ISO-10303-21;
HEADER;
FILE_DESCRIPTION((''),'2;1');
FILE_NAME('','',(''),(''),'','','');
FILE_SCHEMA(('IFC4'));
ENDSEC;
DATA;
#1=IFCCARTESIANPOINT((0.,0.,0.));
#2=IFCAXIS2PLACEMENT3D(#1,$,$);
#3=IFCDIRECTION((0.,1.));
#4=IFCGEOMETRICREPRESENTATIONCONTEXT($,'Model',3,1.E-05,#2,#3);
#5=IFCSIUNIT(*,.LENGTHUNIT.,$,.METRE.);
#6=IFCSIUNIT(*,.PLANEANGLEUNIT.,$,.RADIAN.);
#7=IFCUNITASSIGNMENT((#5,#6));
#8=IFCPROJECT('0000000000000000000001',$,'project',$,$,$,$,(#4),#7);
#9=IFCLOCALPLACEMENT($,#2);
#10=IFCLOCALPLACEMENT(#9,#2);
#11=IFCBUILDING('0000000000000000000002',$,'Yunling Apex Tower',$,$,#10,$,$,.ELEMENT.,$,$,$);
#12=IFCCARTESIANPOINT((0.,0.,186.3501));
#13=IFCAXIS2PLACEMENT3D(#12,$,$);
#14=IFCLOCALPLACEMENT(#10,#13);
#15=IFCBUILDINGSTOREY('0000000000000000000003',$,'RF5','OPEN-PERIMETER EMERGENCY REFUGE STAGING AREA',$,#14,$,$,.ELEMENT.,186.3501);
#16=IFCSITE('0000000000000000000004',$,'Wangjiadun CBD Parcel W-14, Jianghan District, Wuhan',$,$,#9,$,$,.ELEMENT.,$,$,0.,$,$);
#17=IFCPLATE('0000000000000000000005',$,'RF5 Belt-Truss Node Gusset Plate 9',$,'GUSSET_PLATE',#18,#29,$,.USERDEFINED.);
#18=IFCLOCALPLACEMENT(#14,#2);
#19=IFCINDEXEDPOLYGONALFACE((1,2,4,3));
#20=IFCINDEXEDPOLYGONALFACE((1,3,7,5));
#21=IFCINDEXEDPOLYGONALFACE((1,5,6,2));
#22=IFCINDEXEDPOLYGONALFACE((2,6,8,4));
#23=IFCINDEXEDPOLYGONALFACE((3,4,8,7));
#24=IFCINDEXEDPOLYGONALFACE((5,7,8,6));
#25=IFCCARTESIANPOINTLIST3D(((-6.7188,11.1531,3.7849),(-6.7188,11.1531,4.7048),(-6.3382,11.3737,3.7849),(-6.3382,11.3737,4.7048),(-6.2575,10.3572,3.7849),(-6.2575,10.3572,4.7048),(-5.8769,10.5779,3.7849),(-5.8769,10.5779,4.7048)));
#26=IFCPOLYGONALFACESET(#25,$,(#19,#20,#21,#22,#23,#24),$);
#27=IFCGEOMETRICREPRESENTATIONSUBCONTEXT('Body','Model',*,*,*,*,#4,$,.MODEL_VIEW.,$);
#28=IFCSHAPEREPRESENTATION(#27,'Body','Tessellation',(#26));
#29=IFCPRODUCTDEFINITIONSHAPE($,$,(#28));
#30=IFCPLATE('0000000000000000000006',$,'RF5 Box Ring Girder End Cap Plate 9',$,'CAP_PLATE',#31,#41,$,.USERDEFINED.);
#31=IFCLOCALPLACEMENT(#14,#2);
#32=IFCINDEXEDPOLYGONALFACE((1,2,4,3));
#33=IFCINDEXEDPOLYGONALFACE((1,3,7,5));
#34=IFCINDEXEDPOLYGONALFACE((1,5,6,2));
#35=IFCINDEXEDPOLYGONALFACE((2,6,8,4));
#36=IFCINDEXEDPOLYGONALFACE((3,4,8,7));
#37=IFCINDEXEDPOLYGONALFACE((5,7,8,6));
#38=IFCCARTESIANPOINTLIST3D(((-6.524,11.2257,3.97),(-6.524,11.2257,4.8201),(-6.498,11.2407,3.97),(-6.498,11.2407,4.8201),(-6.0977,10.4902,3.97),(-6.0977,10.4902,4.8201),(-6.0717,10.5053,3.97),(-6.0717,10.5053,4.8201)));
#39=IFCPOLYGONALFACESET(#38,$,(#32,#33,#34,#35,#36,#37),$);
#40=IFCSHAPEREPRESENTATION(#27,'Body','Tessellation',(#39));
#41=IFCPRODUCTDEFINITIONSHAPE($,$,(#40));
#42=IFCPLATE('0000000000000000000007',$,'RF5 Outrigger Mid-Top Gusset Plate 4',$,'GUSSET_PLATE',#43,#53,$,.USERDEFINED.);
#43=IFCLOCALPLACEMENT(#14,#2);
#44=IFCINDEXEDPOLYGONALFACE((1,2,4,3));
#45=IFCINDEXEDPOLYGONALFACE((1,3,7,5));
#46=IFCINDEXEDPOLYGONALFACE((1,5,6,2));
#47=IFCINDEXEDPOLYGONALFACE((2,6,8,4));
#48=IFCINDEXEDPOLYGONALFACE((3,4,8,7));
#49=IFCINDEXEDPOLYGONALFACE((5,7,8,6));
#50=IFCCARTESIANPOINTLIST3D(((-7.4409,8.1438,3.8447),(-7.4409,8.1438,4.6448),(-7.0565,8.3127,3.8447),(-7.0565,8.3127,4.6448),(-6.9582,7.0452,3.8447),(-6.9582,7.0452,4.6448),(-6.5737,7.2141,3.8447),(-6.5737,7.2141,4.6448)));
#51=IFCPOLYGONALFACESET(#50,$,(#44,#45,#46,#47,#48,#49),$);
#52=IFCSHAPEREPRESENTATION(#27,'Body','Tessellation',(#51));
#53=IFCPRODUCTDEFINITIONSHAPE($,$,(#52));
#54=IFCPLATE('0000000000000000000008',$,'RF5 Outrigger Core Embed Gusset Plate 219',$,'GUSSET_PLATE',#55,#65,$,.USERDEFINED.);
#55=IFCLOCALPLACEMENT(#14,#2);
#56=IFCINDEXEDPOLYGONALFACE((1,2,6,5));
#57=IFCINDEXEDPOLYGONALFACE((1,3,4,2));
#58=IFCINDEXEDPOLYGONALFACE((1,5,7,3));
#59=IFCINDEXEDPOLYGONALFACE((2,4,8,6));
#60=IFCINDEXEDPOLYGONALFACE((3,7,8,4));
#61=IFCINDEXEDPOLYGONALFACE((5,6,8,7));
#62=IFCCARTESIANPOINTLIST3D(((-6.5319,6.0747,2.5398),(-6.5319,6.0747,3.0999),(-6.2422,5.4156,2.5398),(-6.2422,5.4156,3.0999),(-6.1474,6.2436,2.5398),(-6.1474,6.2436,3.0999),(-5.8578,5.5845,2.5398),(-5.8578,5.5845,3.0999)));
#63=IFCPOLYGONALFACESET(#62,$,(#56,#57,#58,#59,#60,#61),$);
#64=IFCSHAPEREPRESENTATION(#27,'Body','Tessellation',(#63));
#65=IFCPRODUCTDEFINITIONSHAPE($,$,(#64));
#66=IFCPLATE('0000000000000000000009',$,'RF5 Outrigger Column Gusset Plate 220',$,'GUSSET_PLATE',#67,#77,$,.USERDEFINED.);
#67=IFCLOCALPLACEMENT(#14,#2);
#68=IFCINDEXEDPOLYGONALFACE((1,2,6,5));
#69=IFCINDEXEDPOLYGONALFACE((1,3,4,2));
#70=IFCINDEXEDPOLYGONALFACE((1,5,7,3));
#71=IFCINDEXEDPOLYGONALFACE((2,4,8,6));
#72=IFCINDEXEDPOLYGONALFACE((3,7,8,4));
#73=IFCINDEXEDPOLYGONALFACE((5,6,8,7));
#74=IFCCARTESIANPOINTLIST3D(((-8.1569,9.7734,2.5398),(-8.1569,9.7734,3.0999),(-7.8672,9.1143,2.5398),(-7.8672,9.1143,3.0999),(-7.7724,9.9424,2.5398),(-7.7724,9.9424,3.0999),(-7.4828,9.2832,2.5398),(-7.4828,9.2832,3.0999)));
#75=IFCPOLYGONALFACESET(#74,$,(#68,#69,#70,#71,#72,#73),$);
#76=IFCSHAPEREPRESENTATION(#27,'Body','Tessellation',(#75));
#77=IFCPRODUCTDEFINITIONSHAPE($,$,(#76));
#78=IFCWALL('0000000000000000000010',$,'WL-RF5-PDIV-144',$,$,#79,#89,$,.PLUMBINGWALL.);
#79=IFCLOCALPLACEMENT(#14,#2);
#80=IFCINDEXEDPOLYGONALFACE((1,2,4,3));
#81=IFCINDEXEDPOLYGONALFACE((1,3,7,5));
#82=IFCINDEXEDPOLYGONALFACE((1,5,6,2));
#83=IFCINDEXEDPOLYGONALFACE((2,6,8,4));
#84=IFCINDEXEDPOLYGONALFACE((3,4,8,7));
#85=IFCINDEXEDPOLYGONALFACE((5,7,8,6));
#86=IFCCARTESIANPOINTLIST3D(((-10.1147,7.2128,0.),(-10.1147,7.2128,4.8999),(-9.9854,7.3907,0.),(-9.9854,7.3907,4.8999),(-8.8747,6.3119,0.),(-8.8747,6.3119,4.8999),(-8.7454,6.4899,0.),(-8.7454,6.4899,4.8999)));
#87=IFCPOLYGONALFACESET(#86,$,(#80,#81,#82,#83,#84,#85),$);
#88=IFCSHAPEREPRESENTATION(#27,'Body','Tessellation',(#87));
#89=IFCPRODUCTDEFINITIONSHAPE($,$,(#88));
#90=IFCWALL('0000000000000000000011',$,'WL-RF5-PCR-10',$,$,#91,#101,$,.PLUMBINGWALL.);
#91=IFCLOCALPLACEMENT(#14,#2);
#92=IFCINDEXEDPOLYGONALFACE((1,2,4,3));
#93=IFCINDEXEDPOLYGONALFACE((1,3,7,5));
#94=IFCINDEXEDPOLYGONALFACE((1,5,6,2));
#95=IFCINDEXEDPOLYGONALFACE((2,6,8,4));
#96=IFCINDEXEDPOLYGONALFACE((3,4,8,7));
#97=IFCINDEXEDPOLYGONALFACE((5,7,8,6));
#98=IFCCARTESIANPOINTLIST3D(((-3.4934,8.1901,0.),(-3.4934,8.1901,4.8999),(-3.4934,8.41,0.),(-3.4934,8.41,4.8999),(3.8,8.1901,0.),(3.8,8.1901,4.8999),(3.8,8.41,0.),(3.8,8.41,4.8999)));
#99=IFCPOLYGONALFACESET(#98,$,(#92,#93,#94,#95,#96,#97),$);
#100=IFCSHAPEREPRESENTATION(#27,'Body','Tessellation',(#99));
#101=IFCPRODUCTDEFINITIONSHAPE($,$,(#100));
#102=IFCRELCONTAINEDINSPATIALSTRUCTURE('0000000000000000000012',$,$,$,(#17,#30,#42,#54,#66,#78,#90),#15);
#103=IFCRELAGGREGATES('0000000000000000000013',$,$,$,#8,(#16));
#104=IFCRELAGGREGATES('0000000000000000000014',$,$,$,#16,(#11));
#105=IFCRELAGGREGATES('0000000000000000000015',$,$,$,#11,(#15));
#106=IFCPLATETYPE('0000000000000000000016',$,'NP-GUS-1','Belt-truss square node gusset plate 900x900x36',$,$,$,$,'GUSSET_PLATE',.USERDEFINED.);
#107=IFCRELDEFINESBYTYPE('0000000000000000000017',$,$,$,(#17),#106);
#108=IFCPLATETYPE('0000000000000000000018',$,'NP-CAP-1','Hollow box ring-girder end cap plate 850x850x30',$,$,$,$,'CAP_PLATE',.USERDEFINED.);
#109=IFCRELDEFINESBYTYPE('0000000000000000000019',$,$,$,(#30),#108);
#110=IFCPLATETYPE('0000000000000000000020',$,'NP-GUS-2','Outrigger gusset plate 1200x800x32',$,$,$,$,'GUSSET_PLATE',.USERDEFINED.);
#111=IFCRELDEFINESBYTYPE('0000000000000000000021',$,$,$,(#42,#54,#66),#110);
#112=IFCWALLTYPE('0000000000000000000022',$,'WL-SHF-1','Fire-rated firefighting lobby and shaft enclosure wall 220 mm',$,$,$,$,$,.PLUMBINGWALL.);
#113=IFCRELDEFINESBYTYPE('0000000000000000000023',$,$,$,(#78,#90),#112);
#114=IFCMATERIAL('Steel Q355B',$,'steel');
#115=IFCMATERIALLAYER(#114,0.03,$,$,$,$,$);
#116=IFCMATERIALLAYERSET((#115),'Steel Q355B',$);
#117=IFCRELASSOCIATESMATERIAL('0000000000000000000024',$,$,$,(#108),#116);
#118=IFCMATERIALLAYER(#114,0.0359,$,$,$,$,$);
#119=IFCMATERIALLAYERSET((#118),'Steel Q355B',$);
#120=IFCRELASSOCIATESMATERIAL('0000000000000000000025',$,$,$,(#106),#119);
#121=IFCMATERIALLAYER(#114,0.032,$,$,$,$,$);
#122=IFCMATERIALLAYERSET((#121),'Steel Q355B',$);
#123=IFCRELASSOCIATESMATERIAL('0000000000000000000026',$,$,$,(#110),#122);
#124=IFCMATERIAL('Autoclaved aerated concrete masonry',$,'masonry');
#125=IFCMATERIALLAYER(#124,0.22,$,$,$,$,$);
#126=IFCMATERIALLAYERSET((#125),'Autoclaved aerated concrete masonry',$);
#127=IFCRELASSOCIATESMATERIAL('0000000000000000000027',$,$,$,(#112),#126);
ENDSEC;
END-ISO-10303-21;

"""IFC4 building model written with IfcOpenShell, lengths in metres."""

from ifc_helpers import new_model, si_unit, direction, frame, frame_2d, origin, origin_2d, place, context, subcontext, project, spatial, rectangle, extrude, source, transform, mapped, material, layer, layer_set, type_object, element, save


model = new_model("IFC4")

# Units and contexts
model_context = context("Model", 3, precision=1e-05, world=origin(), true_north=direction((0.0, 1.0)))
body_context = subcontext(model_context, "Body", "Model", "MODEL_VIEW")
ifc_project = project(units=[si_unit("LENGTHUNIT", "METRE"), si_unit("PLANEANGLEUNIT", "RADIAN")], contexts=[model_context])

# Site, building, storey
site_placement = place(None, origin())
site = spatial("IfcSite", under=ifc_project, at=site_placement, Name="Wangjiadun CBD Parcel W-14, Jianghan District, Wuhan", CompositionType="ELEMENT", RefElevation=0.0)
building_placement = place(site_placement, origin())
building = spatial("IfcBuilding", under=site, at=building_placement, Name="Yunling Apex Tower", CompositionType="ELEMENT")
storey_placement = place(building_placement, frame((0.0, 0.0, 186.3501)))
storey = spatial("IfcBuildingStorey", under=building, at=storey_placement, Name="RF5", Description="OPEN-PERIMETER EMERGENCY REFUGE STAGING AREA", CompositionType="ELEMENT", Elevation=186.3501)

# Shared definitions
ifc_material_1 = material(Name="Steel Q355B", Category="steel")

# Plates
ifc_layer_1 = layer(ifc_material_1, 0.03)
ifc_layer_set_1 = layer_set([ifc_layer_1], Name="Steel Q355B")
plate_type_1 = type_object("IfcPlateType", Name="NP-CAP-1", Description="Hollow box ring-girder end cap plate 850x850x30", ElementType="CAP_PLATE", PredefinedType="USERDEFINED", material=ifc_layer_set_1)
ifc_layer_2 = layer(ifc_material_1, 0.0359)
ifc_layer_set_2 = layer_set([ifc_layer_2], Name="Steel Q355B")
plate_type_2 = type_object("IfcPlateType", Name="NP-GUS-1", Description="Belt-truss square node gusset plate 900x900x36", ElementType="GUSSET_PLATE", PredefinedType="USERDEFINED", material=ifc_layer_set_2)
shared_shape_1 = source(origin(), body_context, "Body", "SweptSolid", [
    extrude(rectangle(XDim=0.9199, YDim=0.4399, at=origin_2d()), origin(), (0.0, 0.0, 1.0), 0.9199),
])
plate_1_placement = place(storey_placement, frame((-6.2979, 10.8655, 3.7849), z_axis=(0.0, 0.0, 1.0), x_axis=(-0.501511, 0.865151, 0.0)))
element("IfcPlate", 1, at=plate_1_placement, inside=storey, type_object=plate_type_2, Name="RF5 Belt-Truss Node Gusset Plate 9", ObjectType="GUSSET_PLATE", PredefinedType="USERDEFINED", context=body_context, shape_type="MappedRepresentation", body=[
    mapped(shared_shape_1, transform((0.0, 0.0, 0.0), scale=1.0)),
])
shared_shape_2 = source(origin(), body_context, "Body", "SweptSolid", [
    extrude(rectangle(XDim=0.8501, YDim=0.03, at=origin_2d()), origin(), (0.0, 0.0, 1.0), 0.8501),
])
plate_2_placement = place(storey_placement, frame((-6.2979, 10.8655, 3.97), z_axis=(0.0, 0.0, 1.0), x_axis=(-0.501511, 0.865151, 0.0)))
element("IfcPlate", 2, at=plate_2_placement, inside=storey, type_object=plate_type_1, Name="RF5 Box Ring Girder End Cap Plate 9", ObjectType="CAP_PLATE", PredefinedType="USERDEFINED", context=body_context, shape_type="MappedRepresentation", body=[
    mapped(shared_shape_2, transform((0.0, 0.0, 0.0), scale=1.0)),
])
ifc_layer_3 = layer(ifc_material_1, 0.032)
ifc_layer_set_3 = layer_set([ifc_layer_3], Name="Steel Q355B")
plate_type_3 = type_object("IfcPlateType", Name="NP-GUS-2", Description="Outrigger gusset plate 1200x800x32", ElementType="GUSSET_PLATE", PredefinedType="USERDEFINED", material=ifc_layer_set_3)
shared_shape_3 = source(origin(), body_context, "Body", "SweptSolid", [
    extrude(rectangle(XDim=1.2, YDim=0.4199, at=origin_2d()), origin(), (0.0, 0.0, 1.0), 0.8),
])
plate_3_placement = place(storey_placement, frame((-7.0073, 7.679, 3.8447), z_axis=(0.0, 0.0, 1.0), x_axis=(-0.402267, 0.915522, 0.0)))
element("IfcPlate", 3, at=plate_3_placement, inside=storey, type_object=plate_type_3, Name="RF5 Outrigger Mid-Top Gusset Plate 4", ObjectType="GUSSET_PLATE", PredefinedType="USERDEFINED", context=body_context, shape_type="MappedRepresentation", body=[
    mapped(shared_shape_3, transform((0.0, 0.0, 0.0), scale=1.0)),
])
shared_shape_4 = source(origin(), body_context, "Body", "SweptSolid", [
    extrude(rectangle(XDim=0.72, YDim=0.4199, at=origin_2d()), origin(), (0.0, 0.0, 1.0), 0.5601),
])
for number, where, z_axis, x_axis, name in (
    (4, (-6.1948, 5.8296, 2.5398), (0.0, 0.0, 1.0), (-0.402267, 0.915522, 0.0), "RF5 Outrigger Core Embed Gusset Plate 219"),
    (5, (-7.8198, 9.5283, 2.5398), (0.0, 0.0, 1.0), (-0.402267, 0.915522, 0.0), "RF5 Outrigger Column Gusset Plate 220"),
):
    element("IfcPlate", number, at=place(storey_placement, frame(where, z_axis=z_axis, x_axis=x_axis)), inside=storey, type_object=plate_type_3, Name=name, ObjectType="GUSSET_PLATE", PredefinedType="USERDEFINED", context=body_context, shape_type="MappedRepresentation", body=[
        mapped(shared_shape_4, transform((0.0, 0.0, 0.0), scale=1.0)),
    ])

# Walls
ifc_material_2 = material(Name="Autoclaved aerated concrete masonry", Category="masonry")
ifc_layer_4 = layer(ifc_material_2, 0.22)
ifc_layer_set_4 = layer_set([ifc_layer_4], Name="Autoclaved aerated concrete masonry")
wall_type = type_object("IfcWallType", Name="WL-SHF-1", Description="Fire-rated firefighting lobby and shaft enclosure wall 220 mm", PredefinedType="PLUMBINGWALL", material=ifc_layer_set_4)
wall_1_placement = place(storey_placement, frame((-8.8101, 6.4009, 0.0), z_axis=(0.0, 0.0, 1.0), x_axis=(-0.809025, 0.587774, 0.0)))
element("IfcWall", 6, at=wall_1_placement, inside=storey, type_object=wall_type, Name="WL-RF5-PDIV-144", PredefinedType="PLUMBINGWALL", context=body_context, shape_type="SweptSolid", body=[
    extrude(rectangle(XDim=1.5327, YDim=0.22, at=frame_2d((0.7664, 0.0))), origin(), (0.0, 0.0, 1.0), 4.8999),
])
wall_2_placement = place(storey_placement, frame((-3.4934, 8.3, 0.0), z_axis=(0.0, 0.0, 1.0), x_axis=(1.0, 0.0, 0.0)))
element("IfcWall", 7, at=wall_2_placement, inside=storey, type_object=wall_type, Name="WL-RF5-PCR-10", PredefinedType="PLUMBINGWALL", context=body_context, shape_type="SweptSolid", body=[
    extrude(rectangle(XDim=7.2935, YDim=0.22, at=frame_2d((3.6467, 0.0))), origin(), (0.0, 0.0, 1.0), 4.8999),
])

save(model, "model.ifc")
